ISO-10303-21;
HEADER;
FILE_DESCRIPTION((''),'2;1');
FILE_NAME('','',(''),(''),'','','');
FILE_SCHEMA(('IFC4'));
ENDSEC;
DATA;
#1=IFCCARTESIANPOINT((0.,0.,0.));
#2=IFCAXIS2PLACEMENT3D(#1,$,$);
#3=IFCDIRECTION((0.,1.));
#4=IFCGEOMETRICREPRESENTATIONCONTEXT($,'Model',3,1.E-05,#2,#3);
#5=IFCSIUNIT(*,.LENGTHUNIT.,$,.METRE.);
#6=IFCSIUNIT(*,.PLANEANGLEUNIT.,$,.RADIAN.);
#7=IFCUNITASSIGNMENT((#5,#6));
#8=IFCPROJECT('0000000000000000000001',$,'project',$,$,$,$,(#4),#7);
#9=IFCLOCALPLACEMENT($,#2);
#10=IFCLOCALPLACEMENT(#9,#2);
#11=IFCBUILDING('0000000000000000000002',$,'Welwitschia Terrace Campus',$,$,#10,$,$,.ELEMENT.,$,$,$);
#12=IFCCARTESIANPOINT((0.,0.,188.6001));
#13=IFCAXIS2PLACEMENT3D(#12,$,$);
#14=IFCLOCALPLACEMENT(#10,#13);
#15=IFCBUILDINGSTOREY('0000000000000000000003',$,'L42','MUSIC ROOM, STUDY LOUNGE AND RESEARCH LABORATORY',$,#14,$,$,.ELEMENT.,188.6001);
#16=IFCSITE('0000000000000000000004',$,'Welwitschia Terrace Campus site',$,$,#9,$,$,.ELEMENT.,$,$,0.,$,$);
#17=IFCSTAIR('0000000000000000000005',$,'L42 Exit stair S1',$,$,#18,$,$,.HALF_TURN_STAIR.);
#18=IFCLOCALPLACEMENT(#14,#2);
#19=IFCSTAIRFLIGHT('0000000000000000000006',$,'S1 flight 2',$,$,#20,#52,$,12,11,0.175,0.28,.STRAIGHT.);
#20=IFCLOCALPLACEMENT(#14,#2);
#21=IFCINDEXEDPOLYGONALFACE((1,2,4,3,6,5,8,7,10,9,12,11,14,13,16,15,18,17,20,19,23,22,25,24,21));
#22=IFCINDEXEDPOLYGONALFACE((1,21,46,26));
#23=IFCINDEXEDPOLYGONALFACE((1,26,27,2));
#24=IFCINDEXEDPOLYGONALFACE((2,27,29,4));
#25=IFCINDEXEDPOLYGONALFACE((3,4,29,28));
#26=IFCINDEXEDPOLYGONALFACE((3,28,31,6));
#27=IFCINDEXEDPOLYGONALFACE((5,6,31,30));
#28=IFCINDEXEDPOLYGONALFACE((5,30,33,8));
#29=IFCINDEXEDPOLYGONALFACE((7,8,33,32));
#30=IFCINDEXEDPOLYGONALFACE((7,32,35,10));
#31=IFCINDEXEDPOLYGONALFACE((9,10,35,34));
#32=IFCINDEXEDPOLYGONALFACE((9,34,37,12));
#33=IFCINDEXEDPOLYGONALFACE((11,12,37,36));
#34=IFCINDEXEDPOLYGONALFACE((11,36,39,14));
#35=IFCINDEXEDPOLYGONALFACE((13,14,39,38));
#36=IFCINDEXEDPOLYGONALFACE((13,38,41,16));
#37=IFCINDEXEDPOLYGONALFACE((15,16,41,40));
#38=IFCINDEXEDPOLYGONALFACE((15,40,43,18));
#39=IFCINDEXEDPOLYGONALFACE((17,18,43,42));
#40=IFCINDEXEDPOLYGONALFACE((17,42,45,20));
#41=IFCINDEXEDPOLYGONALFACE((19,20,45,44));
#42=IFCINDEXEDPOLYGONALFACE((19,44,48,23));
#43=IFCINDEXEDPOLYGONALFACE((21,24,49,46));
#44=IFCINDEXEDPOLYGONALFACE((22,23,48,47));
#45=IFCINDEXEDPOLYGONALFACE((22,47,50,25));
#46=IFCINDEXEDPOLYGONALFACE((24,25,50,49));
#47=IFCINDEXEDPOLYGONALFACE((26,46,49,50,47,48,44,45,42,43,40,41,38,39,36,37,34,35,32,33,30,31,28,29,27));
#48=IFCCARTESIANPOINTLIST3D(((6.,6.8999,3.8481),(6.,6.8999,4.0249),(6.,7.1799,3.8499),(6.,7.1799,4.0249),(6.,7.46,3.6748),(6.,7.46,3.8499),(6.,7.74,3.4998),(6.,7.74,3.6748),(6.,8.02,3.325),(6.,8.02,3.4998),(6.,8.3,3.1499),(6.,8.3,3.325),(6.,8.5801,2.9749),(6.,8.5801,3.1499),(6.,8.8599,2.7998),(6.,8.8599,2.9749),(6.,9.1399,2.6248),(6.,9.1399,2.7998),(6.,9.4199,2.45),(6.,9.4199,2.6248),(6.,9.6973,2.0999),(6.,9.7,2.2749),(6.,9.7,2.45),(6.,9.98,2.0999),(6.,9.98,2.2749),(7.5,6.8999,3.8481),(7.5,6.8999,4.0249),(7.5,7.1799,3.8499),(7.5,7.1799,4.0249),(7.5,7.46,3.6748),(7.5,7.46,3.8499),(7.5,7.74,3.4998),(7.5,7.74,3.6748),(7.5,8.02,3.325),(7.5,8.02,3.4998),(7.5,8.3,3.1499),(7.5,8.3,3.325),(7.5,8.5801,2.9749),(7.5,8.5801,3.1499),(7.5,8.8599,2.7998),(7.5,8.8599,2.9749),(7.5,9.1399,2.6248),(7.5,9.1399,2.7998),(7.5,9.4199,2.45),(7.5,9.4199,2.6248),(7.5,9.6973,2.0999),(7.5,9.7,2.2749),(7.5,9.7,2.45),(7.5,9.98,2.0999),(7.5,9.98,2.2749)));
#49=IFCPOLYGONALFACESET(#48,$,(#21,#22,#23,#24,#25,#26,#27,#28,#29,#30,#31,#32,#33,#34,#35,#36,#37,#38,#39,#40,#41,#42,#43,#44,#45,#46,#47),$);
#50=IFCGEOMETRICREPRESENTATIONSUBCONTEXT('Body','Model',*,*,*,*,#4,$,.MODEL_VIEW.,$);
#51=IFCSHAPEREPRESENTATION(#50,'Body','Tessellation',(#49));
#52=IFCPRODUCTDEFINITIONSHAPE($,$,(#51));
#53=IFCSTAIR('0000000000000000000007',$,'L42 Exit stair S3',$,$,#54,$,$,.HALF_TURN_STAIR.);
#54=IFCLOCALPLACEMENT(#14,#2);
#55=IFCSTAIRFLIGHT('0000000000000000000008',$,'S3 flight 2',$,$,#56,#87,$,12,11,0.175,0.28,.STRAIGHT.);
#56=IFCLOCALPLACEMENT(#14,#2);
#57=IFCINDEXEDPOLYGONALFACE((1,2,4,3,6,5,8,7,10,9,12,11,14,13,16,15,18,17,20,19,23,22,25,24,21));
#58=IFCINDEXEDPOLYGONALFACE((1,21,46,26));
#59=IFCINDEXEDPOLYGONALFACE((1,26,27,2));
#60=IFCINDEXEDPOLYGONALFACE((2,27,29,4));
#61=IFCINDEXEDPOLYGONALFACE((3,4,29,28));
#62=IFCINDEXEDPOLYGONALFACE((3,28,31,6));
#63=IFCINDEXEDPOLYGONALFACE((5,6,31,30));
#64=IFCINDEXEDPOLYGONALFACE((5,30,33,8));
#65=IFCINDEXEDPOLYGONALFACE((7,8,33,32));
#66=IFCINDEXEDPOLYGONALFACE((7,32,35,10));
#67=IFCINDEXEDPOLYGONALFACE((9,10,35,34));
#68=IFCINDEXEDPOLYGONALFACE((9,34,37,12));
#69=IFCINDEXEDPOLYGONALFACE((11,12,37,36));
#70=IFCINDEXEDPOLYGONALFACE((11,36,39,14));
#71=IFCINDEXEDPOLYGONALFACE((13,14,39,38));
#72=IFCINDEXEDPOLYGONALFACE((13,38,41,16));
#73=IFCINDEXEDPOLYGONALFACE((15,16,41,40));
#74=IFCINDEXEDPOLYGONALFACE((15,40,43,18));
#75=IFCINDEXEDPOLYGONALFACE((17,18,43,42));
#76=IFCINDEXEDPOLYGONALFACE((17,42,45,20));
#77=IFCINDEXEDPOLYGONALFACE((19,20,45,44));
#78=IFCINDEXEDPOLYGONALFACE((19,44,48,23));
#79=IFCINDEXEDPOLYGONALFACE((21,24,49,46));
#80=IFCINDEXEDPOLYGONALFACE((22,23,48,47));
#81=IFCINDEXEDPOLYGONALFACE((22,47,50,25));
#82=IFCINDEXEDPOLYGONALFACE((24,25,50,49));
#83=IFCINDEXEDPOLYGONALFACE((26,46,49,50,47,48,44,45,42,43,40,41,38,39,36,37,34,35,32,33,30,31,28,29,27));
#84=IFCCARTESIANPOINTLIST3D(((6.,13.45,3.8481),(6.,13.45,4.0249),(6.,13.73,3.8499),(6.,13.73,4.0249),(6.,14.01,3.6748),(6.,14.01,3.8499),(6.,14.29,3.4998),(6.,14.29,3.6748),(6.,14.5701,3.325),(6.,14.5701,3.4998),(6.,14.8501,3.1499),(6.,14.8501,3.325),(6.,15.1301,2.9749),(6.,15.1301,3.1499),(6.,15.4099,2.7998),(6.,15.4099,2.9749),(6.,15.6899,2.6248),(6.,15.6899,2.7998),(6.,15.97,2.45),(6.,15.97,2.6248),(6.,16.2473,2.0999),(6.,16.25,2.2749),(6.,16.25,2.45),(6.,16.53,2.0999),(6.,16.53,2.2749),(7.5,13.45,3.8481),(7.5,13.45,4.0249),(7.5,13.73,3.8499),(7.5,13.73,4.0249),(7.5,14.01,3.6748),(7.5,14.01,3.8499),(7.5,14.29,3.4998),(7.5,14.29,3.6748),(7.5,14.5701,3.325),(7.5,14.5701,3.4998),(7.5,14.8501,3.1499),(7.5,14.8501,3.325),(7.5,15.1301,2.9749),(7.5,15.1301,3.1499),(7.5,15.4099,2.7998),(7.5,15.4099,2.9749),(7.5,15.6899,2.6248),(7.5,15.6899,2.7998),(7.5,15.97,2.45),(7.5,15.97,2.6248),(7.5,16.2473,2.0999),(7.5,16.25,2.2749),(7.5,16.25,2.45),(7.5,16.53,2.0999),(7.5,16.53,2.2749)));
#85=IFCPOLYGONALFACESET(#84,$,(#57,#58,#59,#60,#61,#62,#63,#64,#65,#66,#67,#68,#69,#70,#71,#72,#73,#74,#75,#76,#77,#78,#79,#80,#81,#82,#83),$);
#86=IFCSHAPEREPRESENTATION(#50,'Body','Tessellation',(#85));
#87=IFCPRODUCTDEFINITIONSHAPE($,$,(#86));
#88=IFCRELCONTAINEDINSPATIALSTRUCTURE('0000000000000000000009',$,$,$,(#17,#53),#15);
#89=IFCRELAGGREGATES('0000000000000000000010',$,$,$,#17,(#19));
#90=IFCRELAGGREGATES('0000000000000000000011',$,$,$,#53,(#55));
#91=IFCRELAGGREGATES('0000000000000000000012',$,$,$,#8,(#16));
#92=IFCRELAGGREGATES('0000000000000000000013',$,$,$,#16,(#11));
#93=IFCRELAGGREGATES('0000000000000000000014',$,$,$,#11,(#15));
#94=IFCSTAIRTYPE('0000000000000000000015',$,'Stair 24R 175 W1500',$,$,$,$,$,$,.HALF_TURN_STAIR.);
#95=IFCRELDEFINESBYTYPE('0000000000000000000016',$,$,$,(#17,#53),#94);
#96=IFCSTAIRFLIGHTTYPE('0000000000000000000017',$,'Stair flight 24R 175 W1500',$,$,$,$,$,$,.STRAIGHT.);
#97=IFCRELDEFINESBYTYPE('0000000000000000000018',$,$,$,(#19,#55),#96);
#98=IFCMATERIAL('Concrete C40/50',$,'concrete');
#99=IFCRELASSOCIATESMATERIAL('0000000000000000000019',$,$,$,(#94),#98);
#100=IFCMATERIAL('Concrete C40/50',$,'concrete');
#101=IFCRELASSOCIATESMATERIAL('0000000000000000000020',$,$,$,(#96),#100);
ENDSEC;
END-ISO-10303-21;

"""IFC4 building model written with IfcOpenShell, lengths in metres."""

from ifc_helpers import new_model, si_unit, direction, frame, origin, place, context, subcontext, project, spatial, polyline, outline, extrude, material, type_object, element, aggregate, save


model = new_model("IFC4")

# Units and contexts
model_context = context("Model", 3, precision=1e-05, world=origin(), true_north=direction((0.0, 1.0)))
body_context = subcontext(model_context, "Body", "Model", "MODEL_VIEW")
ifc_project = project(units=[si_unit("LENGTHUNIT", "METRE"), si_unit("PLANEANGLEUNIT", "RADIAN")], contexts=[model_context])

# Site, building, storey
site_placement = place(None, origin())
site = spatial("IfcSite", under=ifc_project, at=site_placement, Name="Welwitschia Terrace Campus site", CompositionType="ELEMENT", RefElevation=0.0)
building_placement = place(site_placement, origin())
building = spatial("IfcBuilding", under=site, at=building_placement, Name="Welwitschia Terrace Campus", CompositionType="ELEMENT")
storey_placement = place(building_placement, frame((0.0, 0.0, 188.6001)))
storey = spatial("IfcBuildingStorey", under=building, at=storey_placement, Name="L42", Description="MUSIC ROOM, STUDY LOUNGE AND RESEARCH LABORATORY", CompositionType="ELEMENT", Elevation=188.6001)

# Stairs, stair flights
ifc_material_1 = material(Name="Concrete C40/50", Category="concrete")
stair_type = type_object("IfcStairType", Name="Stair 24R 175 W1500", PredefinedType="HALF_TURN_STAIR", material=ifc_material_1)
stair_1_placement = place(storey_placement, origin())
stair_1 = element("IfcStair", 1, at=stair_1_placement, inside=storey, type_object=stair_type, Name="L42 Exit stair S1", PredefinedType="HALF_TURN_STAIR")
ifc_material_2 = material(Name="Concrete C40/50", Category="concrete")
stair_flight_type = type_object("IfcStairFlightType", Name="Stair flight 24R 175 W1500", PredefinedType="STRAIGHT", material=ifc_material_2)
stair_flight_1_placement = place(storey_placement, frame((6.75, 9.98, 2.0999), z_axis=(0.0, 0.0, 1.0), x_axis=(0.0, -1.0, 0.0)))
stair_flight_1 = element("IfcStairFlight", 2, at=stair_flight_1_placement, type_object=stair_flight_type, Name="S1 flight 2", NumberOfRisers=12, NumberOfTreads=11, PredefinedType="STRAIGHT", RiserHeight=0.175, TreadLength=0.28, context=body_context, shape_type="SweptSolid", body=[
    extrude(outline(polyline([(0.0, 0.0), (0.0, 0.175), (0.28, 0.175), (0.28, 0.3501), (0.5601, 0.3501), (0.5601, 0.5249), (0.8401, 0.5249), (0.8401, 0.7), (1.1201, 0.7), (1.1201, 0.875), (1.3999, 0.875), (1.3999, 1.05), (1.6799, 1.05), (1.6799, 1.2251), (1.96, 1.2251), (1.96, 1.3999), (2.24, 1.3999), (2.24, 1.575), (2.52, 1.575), (2.52, 1.75), (2.8, 1.75), (2.8, 1.925), (3.0801, 1.925), (3.0801, 2.1001), (3.0801, 1.7483), (0.2827, 0.0), (0.0, 0.0)])), frame((0.0, 0.75, 0.0), z_axis=(0.0, -1.0, 0.0), x_axis=(1.0, 0.0, 0.0)), (0.0, 0.0, 1.0), 1.5),
])
aggregate(stair_1, [stair_flight_1])
stair_2_placement = place(storey_placement, origin())
stair_2 = element("IfcStair", 3, at=stair_2_placement, inside=storey, type_object=stair_type, Name="L42 Exit stair S3", PredefinedType="HALF_TURN_STAIR")
stair_flight_2_placement = place(storey_placement, frame((6.75, 16.53, 2.0999), z_axis=(0.0, 0.0, 1.0), x_axis=(0.0, -1.0, 0.0)))
stair_flight_2 = element("IfcStairFlight", 4, at=stair_flight_2_placement, type_object=stair_flight_type, Name="S3 flight 2", NumberOfRisers=12, NumberOfTreads=11, PredefinedType="STRAIGHT", RiserHeight=0.175, TreadLength=0.28, context=body_context, shape_type="SweptSolid", body=[
    extrude(outline(polyline([(0.0, 0.0), (0.0, 0.175), (0.28, 0.175), (0.28, 0.3501), (0.5601, 0.3501), (0.5601, 0.5249), (0.8401, 0.5249), (0.8401, 0.7), (1.1201, 0.7), (1.1201, 0.875), (1.3999, 0.875), (1.3999, 1.05), (1.6799, 1.05), (1.6799, 1.2251), (1.96, 1.2251), (1.96, 1.3999), (2.24, 1.3999), (2.24, 1.575), (2.52, 1.575), (2.52, 1.75), (2.8, 1.75), (2.8, 1.925), (3.0801, 1.925), (3.0801, 2.1001), (3.0801, 1.7483), (0.2827, 0.0), (0.0, 0.0)])), frame((0.0, 0.75, 0.0), z_axis=(0.0, -1.0, 0.0), x_axis=(1.0, 0.0, 0.0)), (0.0, 0.0, 1.0), 1.5),
])
aggregate(stair_2, [stair_flight_2])

save(model, "model.ifc")
